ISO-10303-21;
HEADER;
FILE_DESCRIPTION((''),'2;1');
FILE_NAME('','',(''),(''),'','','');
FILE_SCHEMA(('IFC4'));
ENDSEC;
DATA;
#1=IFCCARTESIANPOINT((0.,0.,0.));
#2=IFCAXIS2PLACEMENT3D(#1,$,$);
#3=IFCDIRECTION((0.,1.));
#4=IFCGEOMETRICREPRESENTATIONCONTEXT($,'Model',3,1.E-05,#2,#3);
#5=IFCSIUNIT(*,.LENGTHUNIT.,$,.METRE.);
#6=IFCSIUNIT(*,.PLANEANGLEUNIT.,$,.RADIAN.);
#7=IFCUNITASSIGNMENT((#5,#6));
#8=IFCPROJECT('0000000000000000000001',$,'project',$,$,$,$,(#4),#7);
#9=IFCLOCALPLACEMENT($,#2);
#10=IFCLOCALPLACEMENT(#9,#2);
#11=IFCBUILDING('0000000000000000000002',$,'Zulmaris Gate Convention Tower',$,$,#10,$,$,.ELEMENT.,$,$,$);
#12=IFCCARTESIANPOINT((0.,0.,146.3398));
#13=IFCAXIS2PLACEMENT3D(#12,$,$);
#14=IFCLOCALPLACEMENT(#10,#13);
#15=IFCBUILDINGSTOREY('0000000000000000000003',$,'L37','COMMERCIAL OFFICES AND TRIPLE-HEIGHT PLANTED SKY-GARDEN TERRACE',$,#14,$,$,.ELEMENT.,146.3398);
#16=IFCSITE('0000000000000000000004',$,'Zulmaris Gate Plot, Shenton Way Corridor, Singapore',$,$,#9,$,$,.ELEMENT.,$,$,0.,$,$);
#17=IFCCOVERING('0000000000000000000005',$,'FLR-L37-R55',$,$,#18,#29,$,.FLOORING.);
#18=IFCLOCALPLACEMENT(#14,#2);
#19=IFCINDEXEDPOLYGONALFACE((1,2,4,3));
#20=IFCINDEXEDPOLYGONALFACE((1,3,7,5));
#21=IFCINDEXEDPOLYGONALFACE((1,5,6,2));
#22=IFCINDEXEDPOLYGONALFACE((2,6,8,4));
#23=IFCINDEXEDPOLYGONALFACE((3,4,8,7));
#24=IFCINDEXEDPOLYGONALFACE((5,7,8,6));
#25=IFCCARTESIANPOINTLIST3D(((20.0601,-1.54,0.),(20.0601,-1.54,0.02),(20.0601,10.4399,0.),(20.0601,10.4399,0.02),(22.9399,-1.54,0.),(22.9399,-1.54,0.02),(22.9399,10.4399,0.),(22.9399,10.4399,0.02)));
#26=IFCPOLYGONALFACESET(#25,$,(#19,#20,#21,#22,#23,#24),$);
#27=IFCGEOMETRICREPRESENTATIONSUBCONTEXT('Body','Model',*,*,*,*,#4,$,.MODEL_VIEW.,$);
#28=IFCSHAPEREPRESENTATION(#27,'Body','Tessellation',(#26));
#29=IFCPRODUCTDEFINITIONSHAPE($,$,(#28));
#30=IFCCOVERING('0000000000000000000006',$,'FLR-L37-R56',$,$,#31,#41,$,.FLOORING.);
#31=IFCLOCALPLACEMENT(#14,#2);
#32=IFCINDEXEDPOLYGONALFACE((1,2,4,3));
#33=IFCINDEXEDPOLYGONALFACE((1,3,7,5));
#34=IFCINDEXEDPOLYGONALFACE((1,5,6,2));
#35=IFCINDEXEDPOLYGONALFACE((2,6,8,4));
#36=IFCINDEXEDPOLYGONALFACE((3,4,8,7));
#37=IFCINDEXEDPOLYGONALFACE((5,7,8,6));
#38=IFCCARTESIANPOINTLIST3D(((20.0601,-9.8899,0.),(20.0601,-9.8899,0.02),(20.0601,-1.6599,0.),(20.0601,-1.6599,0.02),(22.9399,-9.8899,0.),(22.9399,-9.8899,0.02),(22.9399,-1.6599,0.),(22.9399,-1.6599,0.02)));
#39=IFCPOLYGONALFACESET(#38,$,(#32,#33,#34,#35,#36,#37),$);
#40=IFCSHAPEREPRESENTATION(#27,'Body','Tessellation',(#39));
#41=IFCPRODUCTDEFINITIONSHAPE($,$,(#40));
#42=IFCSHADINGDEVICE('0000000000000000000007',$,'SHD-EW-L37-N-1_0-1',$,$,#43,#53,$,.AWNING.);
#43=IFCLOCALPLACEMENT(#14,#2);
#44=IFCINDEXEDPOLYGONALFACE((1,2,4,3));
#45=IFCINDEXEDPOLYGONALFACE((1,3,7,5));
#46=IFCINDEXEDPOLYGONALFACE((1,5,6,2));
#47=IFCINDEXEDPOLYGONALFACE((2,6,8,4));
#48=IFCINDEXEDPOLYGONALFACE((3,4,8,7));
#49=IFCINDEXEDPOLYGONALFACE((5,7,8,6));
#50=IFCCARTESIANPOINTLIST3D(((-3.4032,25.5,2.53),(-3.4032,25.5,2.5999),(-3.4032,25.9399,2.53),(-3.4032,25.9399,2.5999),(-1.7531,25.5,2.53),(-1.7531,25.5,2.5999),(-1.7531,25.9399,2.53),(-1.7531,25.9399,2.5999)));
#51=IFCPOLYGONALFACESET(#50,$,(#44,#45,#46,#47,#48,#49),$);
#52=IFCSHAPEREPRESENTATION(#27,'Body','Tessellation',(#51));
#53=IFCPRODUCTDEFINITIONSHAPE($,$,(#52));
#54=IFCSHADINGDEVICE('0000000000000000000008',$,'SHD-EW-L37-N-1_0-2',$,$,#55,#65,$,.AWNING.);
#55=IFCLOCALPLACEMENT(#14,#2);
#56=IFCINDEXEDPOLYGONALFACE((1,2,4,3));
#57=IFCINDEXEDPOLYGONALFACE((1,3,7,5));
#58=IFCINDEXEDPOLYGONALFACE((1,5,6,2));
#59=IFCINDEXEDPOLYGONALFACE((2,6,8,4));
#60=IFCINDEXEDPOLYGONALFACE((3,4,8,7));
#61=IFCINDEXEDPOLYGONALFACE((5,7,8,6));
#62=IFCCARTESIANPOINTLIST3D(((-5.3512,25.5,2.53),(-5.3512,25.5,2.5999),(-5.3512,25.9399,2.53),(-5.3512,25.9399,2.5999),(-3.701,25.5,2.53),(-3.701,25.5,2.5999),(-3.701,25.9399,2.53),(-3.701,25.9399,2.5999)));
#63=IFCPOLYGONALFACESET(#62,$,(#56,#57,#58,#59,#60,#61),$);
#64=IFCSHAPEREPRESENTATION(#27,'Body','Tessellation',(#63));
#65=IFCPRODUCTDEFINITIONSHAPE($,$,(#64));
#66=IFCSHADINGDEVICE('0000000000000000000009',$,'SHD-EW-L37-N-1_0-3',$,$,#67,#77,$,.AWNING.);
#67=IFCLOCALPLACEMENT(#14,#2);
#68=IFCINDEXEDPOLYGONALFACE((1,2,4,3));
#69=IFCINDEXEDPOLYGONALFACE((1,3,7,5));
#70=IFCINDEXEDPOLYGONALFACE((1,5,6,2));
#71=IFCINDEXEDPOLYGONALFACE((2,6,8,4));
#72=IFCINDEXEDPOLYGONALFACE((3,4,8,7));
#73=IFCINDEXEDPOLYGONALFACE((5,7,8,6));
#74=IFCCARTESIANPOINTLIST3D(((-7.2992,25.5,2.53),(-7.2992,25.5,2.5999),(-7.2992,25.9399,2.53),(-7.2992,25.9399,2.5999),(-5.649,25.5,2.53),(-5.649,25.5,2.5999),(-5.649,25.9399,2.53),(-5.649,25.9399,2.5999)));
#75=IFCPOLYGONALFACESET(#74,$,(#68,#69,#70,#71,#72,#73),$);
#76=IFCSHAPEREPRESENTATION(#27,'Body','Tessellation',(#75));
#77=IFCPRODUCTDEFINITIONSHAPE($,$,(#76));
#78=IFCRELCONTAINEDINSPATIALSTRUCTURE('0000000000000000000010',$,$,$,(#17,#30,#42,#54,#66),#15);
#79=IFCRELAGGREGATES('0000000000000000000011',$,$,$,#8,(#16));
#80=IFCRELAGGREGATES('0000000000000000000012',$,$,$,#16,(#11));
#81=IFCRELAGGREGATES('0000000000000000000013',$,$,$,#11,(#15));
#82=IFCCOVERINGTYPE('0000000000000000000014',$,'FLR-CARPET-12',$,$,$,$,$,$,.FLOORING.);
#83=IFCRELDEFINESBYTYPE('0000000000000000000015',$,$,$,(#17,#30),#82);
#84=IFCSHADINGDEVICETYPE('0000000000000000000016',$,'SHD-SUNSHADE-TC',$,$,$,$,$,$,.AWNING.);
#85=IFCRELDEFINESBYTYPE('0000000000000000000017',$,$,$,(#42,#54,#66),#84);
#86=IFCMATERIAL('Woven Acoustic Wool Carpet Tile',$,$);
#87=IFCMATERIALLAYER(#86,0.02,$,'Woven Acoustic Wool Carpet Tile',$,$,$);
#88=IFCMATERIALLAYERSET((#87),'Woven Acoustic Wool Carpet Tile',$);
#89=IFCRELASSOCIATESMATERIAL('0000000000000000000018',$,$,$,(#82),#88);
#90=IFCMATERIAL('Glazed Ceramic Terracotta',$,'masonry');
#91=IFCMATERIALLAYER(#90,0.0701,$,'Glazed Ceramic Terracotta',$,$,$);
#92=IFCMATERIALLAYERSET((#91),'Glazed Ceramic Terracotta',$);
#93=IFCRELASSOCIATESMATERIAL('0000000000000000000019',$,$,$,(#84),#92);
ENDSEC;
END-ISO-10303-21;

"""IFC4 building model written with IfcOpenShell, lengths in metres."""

from ifc_helpers import new_model, si_unit, direction, frame, frame_2d, origin, place, context, subcontext, project, spatial, polyline, rectangle, outline, extrude, material, layer, layer_set, type_object, element, save


model = new_model("IFC4")

# Units and contexts
model_context = context("Model", 3, precision=1e-05, world=origin(), true_north=direction((0.0, 1.0)))
body_context = subcontext(model_context, "Body", "Model", "MODEL_VIEW")
ifc_project = project(units=[si_unit("LENGTHUNIT", "METRE"), si_unit("PLANEANGLEUNIT", "RADIAN")], contexts=[model_context])

# Site, building, storey
site_placement = place(None, origin())
site = spatial("IfcSite", under=ifc_project, at=site_placement, Name="Zulmaris Gate Plot, Shenton Way Corridor, Singapore", CompositionType="ELEMENT", RefElevation=0.0)
building_placement = place(site_placement, origin())
building = spatial("IfcBuilding", under=site, at=building_placement, Name="Zulmaris Gate Convention Tower", CompositionType="ELEMENT")
storey_placement = place(building_placement, frame((0.0, 0.0, 146.3398)))
storey = spatial("IfcBuildingStorey", under=building, at=storey_placement, Name="L37", Description="COMMERCIAL OFFICES AND TRIPLE-HEIGHT PLANTED SKY-GARDEN TERRACE", CompositionType="ELEMENT", Elevation=146.3398)

# Coverings
ifc_material_1 = material(Name="Woven Acoustic Wool Carpet Tile")
ifc_layer_1 = layer(ifc_material_1, 0.02, Name="Woven Acoustic Wool Carpet Tile")
ifc_layer_set_1 = layer_set([ifc_layer_1], Name="Woven Acoustic Wool Carpet Tile")
covering_type_1 = type_object("IfcCoveringType", Name="FLR-CARPET-12", PredefinedType="FLOORING", material=ifc_layer_set_1)
covering_1_placement = place(storey_placement, origin())
element("IfcCovering", 1, at=covering_1_placement, inside=storey, type_object=covering_type_1, Name="FLR-L37-R55", PredefinedType="FLOORING", context=body_context, shape_type="SweptSolid", body=[
    extrude(outline(polyline([(20.0601, -1.54), (22.9399, -1.54), (22.9399, 10.4399), (20.0601, 10.4399), (20.0601, -1.54)])), origin(), (0.0, 0.0, 1.0), 0.02),
])
covering_2_placement = place(storey_placement, origin())
element("IfcCovering", 2, at=covering_2_placement, inside=storey, type_object=covering_type_1, Name="FLR-L37-R56", PredefinedType="FLOORING", context=body_context, shape_type="SweptSolid", body=[
    extrude(outline(polyline([(20.0601, -9.8899), (22.9399, -9.8899), (22.9399, -1.6599), (20.0601, -1.6599), (20.0601, -9.8899)])), origin(), (0.0, 0.0, 1.0), 0.02),
])

# Shading devices
ifc_material_2 = material(Name="Glazed Ceramic Terracotta", Category="masonry")
ifc_layer_2 = layer(ifc_material_2, 0.0701, Name="Glazed Ceramic Terracotta")
ifc_layer_set_2 = layer_set([ifc_layer_2], Name="Glazed Ceramic Terracotta")
shading_device_type = type_object("IfcShadingDeviceType", Name="SHD-SUNSHADE-TC", PredefinedType="AWNING", material=ifc_layer_set_2)
for number, where, z_axis, x_axis, name in (
    (3, (-1.7529, 25.72, 2.53), (0.0, 0.0, 1.0), (-1.0, 0.0, 0.0), "SHD-EW-L37-N-1_0-1"),
    (4, (-3.7009, 25.72, 2.53), (0.0, 0.0, 1.0), (-1.0, 0.0, 0.0), "SHD-EW-L37-N-1_0-2"),
    (5, (-5.6489, 25.72, 2.53), (0.0, 0.0, 1.0), (-1.0, 0.0, 0.0), "SHD-EW-L37-N-1_0-3"),
):
    element("IfcShadingDevice", number, at=place(storey_placement, frame(where, z_axis=z_axis, x_axis=x_axis)), inside=storey, type_object=shading_device_type, Name=name, PredefinedType="AWNING", context=body_context, shape_type="SweptSolid", body=[
        extrude(rectangle(XDim=1.6501, YDim=0.4399, at=frame_2d((0.8252, 0.0))), origin(), (0.0, 0.0, 1.0), 0.0698),
    ])

save(model, "model.ifc")
